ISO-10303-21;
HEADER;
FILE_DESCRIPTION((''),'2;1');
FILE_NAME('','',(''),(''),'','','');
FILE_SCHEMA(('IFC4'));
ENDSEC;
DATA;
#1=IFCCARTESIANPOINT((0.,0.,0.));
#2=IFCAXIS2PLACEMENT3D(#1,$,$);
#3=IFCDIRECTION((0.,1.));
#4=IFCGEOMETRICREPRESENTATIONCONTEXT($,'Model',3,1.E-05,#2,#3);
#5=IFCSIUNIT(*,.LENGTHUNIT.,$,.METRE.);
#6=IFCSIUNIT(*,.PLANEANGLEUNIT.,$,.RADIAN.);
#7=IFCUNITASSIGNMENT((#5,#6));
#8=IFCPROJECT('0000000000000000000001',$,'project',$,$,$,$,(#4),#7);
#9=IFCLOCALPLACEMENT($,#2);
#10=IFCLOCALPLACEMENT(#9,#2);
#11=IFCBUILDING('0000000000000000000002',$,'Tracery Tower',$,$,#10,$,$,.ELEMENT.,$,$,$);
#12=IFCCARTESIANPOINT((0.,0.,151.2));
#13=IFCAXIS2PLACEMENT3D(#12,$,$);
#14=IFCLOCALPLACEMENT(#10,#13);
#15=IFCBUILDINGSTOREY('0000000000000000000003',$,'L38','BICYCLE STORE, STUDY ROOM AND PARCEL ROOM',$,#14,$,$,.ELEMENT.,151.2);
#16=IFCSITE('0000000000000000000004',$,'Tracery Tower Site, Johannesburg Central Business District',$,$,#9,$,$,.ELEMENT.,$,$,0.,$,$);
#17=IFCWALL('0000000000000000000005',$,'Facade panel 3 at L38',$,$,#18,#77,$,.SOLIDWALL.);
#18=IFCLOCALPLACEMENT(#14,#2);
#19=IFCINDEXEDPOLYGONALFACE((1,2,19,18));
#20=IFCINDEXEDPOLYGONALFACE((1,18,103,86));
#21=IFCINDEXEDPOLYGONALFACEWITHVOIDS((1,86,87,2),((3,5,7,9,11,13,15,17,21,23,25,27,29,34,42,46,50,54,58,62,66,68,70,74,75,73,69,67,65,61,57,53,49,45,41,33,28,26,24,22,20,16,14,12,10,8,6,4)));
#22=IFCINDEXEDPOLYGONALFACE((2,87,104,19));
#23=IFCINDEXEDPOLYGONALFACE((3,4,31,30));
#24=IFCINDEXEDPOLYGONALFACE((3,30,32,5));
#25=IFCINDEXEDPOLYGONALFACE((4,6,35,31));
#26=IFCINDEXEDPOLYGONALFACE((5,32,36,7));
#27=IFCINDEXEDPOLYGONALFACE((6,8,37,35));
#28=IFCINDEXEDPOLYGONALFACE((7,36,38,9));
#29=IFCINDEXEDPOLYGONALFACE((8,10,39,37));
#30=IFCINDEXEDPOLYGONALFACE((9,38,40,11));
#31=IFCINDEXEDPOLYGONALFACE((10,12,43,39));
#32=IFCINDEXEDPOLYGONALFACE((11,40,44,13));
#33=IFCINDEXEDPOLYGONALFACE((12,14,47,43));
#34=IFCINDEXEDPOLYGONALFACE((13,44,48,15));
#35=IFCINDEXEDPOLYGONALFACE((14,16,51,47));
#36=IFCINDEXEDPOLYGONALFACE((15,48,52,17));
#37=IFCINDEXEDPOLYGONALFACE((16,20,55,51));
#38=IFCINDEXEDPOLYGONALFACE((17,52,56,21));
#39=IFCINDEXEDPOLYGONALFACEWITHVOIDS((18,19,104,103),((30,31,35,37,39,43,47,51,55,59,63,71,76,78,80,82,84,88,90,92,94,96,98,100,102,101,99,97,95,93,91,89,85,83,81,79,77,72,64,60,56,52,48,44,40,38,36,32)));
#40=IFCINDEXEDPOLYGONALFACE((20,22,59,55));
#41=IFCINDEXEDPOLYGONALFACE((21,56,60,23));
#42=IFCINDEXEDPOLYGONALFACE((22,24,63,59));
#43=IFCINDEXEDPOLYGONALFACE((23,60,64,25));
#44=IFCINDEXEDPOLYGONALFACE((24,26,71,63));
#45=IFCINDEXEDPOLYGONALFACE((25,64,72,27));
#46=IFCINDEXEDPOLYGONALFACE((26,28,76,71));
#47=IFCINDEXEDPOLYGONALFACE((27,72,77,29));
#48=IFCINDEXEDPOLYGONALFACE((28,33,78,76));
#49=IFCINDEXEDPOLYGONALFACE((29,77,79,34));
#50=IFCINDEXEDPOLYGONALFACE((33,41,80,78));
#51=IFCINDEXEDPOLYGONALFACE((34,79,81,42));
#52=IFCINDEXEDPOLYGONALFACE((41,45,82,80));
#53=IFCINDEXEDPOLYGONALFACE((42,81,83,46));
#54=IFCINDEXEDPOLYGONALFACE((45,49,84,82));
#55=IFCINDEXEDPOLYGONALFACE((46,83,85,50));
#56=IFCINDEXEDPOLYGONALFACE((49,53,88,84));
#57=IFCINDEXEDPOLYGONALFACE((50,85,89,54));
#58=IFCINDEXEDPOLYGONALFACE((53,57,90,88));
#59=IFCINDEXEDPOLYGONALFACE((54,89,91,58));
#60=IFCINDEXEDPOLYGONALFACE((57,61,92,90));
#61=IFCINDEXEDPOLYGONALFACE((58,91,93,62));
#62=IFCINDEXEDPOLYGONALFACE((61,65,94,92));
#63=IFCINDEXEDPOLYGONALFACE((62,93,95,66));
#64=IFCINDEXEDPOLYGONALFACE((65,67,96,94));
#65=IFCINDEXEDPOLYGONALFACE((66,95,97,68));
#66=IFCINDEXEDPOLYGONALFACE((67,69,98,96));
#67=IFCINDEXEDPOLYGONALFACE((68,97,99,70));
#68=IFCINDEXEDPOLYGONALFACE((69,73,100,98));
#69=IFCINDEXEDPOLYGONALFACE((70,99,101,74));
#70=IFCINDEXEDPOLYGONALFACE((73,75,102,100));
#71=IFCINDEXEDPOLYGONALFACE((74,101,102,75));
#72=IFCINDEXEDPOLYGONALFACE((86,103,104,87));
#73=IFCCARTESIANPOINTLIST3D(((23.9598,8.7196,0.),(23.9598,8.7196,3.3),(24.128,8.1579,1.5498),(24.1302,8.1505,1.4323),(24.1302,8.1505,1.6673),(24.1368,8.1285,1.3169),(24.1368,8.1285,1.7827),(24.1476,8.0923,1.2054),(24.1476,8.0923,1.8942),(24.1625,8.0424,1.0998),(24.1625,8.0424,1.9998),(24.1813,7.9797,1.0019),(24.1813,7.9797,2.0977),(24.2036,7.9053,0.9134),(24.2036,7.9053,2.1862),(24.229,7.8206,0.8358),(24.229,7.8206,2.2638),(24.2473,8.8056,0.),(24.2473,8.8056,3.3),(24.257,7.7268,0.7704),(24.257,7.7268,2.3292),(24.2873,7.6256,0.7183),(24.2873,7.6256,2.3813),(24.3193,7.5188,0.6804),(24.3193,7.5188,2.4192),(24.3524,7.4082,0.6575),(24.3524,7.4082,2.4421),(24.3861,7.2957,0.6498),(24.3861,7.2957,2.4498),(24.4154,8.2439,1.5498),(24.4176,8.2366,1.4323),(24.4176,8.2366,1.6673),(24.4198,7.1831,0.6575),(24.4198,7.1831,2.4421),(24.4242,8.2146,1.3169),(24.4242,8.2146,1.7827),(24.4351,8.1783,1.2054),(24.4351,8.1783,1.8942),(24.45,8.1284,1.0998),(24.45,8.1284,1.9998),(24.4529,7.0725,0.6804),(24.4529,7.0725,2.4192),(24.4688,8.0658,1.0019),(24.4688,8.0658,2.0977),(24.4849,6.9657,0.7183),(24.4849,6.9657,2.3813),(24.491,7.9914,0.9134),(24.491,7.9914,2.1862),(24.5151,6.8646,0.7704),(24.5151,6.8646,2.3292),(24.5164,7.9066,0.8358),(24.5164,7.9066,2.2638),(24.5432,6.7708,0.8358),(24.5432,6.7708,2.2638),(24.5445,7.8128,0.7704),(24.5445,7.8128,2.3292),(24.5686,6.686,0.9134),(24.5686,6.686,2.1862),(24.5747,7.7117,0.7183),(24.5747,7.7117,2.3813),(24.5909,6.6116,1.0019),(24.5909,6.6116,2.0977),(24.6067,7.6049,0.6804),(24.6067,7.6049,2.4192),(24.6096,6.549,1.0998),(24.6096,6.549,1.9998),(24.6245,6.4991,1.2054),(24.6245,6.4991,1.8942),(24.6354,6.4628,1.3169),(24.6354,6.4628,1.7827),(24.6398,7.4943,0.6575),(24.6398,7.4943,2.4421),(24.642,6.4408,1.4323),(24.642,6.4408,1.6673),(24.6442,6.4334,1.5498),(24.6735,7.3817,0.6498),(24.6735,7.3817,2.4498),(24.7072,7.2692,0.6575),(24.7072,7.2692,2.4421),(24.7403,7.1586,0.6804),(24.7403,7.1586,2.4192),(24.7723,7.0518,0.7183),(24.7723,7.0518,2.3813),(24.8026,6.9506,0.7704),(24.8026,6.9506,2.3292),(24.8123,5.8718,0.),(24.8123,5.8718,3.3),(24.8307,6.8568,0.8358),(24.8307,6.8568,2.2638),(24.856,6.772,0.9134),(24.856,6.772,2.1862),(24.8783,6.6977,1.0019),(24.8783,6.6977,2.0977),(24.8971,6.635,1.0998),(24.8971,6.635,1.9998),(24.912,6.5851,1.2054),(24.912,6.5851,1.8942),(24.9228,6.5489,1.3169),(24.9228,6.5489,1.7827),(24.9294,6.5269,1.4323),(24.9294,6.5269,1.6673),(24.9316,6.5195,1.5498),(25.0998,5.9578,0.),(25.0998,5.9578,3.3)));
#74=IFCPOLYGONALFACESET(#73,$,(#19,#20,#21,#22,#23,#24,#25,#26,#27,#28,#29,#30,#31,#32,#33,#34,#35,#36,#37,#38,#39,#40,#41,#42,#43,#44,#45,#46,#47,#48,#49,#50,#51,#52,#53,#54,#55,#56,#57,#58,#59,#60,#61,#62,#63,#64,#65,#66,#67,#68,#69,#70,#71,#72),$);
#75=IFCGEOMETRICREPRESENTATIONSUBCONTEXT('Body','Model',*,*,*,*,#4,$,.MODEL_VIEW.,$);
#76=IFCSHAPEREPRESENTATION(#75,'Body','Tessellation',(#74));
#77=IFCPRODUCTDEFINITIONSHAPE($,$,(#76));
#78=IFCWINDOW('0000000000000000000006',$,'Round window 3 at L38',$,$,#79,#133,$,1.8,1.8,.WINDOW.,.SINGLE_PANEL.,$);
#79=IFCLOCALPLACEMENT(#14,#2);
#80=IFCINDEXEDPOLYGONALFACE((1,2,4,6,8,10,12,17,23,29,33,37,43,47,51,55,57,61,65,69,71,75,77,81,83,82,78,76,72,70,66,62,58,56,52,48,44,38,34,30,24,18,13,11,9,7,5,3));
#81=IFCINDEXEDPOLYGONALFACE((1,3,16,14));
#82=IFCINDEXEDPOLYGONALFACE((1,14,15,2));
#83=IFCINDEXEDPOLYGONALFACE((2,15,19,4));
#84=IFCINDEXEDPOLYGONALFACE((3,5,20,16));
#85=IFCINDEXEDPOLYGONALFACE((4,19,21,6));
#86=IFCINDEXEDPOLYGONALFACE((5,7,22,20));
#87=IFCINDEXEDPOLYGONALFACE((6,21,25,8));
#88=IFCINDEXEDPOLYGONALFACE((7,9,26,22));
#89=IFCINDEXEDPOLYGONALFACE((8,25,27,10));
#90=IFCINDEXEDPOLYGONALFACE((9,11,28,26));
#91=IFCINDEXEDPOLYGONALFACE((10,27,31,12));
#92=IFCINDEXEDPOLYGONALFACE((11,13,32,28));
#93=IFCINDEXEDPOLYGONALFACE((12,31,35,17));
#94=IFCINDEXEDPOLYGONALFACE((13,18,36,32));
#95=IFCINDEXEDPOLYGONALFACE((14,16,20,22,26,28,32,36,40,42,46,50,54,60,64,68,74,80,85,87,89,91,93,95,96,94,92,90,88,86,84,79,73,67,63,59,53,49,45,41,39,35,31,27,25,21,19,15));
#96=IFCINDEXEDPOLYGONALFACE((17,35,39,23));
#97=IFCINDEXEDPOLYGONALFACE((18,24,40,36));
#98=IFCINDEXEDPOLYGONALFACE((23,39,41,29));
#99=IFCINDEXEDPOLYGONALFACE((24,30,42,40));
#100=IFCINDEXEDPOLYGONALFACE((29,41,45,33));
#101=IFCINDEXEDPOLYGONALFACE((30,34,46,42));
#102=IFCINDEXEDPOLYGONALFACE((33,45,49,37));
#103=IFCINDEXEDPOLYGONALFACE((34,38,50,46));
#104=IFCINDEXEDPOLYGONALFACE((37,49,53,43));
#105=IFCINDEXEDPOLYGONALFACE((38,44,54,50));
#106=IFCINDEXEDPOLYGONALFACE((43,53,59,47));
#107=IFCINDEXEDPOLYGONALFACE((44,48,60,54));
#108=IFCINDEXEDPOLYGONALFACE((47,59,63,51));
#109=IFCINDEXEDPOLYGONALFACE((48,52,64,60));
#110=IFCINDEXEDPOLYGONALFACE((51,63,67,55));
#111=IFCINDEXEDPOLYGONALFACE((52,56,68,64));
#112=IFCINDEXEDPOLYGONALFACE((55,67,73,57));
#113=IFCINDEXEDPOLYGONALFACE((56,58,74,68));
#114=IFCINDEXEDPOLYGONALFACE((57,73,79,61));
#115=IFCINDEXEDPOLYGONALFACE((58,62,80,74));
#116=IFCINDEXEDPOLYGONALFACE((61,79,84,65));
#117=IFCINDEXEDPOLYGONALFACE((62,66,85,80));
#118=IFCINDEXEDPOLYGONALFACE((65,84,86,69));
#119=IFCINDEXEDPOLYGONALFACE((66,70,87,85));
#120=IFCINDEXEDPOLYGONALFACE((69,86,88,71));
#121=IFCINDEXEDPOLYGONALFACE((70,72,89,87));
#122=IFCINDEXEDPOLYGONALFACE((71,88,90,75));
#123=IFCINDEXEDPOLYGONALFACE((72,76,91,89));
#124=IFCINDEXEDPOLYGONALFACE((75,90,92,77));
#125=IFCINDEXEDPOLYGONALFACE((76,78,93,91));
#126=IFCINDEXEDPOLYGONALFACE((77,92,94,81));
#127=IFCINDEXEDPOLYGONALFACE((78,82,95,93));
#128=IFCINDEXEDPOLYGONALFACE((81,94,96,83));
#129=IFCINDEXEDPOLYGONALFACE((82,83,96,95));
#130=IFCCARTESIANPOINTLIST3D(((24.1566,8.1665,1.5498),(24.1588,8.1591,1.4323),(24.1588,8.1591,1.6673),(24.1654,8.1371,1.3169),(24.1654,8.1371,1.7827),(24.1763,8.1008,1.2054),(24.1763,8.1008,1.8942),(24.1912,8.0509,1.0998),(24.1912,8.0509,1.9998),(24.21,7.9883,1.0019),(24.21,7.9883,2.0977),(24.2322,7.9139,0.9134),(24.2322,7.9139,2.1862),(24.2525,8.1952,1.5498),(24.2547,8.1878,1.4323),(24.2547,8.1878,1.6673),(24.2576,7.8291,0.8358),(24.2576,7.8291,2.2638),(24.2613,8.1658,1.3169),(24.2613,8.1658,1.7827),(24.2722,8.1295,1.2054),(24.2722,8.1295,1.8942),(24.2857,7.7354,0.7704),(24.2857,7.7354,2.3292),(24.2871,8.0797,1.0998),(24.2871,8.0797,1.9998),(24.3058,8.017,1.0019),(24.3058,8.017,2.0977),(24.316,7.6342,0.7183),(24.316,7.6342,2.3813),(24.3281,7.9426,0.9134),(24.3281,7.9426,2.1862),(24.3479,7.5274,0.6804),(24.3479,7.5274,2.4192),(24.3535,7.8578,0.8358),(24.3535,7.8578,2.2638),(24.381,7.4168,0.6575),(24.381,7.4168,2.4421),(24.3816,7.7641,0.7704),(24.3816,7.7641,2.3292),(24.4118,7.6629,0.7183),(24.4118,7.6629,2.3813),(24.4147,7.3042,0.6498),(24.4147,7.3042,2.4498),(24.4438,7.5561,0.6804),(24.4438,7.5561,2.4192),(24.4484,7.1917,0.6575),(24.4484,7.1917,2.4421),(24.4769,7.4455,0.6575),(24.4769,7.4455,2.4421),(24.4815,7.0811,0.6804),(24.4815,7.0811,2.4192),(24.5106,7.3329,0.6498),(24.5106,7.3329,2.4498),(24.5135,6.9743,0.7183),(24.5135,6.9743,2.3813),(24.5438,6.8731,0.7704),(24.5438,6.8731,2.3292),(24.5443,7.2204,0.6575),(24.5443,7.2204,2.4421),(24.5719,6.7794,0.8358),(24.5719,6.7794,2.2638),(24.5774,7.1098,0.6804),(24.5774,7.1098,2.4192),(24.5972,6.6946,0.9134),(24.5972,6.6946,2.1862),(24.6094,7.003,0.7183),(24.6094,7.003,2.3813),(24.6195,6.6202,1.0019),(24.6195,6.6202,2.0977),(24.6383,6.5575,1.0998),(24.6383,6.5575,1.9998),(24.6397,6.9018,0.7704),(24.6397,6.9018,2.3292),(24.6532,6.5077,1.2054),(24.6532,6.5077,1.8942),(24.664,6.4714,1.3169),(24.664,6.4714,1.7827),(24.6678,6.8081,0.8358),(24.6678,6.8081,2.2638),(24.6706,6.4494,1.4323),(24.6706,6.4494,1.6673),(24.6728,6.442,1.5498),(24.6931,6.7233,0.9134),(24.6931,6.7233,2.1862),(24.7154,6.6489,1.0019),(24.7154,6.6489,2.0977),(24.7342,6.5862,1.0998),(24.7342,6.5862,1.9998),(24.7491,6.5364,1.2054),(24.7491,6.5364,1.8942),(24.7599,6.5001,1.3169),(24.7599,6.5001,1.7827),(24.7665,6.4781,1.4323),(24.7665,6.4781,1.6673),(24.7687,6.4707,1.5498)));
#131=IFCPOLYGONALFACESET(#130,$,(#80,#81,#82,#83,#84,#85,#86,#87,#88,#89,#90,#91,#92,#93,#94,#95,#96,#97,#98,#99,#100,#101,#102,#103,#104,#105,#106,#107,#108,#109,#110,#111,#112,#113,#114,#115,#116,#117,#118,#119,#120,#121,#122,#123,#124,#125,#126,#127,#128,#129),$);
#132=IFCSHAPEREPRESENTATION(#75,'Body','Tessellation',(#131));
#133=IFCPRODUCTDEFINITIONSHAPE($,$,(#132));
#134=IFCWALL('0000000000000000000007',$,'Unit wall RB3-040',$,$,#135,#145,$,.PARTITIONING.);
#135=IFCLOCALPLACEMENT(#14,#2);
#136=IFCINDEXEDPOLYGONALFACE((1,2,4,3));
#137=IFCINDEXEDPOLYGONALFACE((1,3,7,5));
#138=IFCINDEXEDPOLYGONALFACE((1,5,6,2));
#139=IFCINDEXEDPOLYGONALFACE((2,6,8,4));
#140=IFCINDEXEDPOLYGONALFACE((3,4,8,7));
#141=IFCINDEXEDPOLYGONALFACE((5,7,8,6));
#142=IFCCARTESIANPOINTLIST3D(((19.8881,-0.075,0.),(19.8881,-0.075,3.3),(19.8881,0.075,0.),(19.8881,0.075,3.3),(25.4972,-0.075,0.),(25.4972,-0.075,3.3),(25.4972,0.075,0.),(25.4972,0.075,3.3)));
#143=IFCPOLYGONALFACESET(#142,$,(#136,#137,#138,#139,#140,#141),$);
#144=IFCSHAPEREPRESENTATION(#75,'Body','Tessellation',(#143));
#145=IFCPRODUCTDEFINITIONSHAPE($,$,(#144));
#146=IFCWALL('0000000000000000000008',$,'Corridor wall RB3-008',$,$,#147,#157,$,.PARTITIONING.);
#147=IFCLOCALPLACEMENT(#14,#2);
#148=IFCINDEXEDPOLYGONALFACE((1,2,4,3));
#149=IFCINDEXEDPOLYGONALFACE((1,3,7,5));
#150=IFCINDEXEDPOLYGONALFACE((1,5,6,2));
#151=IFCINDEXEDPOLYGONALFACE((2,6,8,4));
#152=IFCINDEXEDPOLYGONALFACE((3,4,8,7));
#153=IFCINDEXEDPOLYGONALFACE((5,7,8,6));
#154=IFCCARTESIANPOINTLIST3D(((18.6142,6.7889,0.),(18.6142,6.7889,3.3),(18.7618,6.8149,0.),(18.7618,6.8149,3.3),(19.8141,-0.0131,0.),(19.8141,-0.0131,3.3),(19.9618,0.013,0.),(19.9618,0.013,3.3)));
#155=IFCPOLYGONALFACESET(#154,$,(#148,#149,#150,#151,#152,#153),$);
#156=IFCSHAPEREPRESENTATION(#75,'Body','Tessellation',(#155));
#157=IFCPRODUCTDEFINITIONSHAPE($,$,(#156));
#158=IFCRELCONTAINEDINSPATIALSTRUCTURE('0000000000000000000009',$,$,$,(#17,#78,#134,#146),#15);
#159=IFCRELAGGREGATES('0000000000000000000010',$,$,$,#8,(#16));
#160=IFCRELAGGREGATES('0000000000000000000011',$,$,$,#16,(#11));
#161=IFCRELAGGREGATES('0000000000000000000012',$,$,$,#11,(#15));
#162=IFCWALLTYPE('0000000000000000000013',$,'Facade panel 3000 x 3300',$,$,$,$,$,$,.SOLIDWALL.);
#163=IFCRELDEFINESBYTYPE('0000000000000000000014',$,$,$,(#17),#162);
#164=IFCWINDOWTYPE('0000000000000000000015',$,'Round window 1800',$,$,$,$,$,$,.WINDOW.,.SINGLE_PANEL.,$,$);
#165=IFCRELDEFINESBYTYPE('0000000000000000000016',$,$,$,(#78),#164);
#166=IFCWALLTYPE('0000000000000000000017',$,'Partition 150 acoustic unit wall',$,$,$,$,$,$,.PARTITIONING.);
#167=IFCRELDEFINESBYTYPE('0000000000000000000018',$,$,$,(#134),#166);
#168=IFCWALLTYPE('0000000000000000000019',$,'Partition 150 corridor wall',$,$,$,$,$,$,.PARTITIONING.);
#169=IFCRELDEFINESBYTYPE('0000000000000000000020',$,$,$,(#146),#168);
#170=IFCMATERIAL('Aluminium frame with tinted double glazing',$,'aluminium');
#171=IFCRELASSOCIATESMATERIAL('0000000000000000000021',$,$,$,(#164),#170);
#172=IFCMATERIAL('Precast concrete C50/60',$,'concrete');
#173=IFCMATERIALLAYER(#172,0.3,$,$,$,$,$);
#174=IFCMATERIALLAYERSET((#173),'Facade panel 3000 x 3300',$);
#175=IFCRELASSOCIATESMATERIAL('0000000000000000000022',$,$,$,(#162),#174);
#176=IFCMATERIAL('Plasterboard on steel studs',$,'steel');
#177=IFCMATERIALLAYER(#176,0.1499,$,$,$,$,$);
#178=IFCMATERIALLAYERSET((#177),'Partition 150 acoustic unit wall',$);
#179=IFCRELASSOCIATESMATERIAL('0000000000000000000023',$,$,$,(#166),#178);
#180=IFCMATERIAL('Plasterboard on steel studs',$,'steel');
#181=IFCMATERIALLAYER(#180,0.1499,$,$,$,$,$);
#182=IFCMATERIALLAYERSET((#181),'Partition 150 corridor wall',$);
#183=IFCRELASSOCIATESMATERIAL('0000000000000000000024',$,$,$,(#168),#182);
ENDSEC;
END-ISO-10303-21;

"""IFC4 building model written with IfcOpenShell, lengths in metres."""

from ifc_helpers import new_model, si_unit, direction, frame, frame_2d, origin, origin_2d, place, context, subcontext, project, spatial, rectangle, circle, extrude, material, layer, layer_set, type_object, element, fill, save


model = new_model("IFC4")

# Units and contexts
model_context = context("Model", 3, precision=1e-05, world=origin(), true_north=direction((0.0, 1.0)))
body_context = subcontext(model_context, "Body", "Model", "MODEL_VIEW")
ifc_project = project(units=[si_unit("LENGTHUNIT", "METRE"), si_unit("PLANEANGLEUNIT", "RADIAN")], contexts=[model_context])

# Site, building, storey
site_placement = place(None, origin())
site = spatial("IfcSite", under=ifc_project, at=site_placement, Name="Tracery Tower Site, Johannesburg Central Business District", CompositionType="ELEMENT", RefElevation=0.0)
building_placement = place(site_placement, origin())
building = spatial("IfcBuilding", under=site, at=building_placement, Name="Tracery Tower", CompositionType="ELEMENT")
storey_placement = place(building_placement, frame((0.0, 0.0, 151.2)))
storey = spatial("IfcBuildingStorey", under=building, at=storey_placement, Name="L38", Description="BICYCLE STORE, STUDY ROOM AND PARCEL ROOM", CompositionType="ELEMENT", Elevation=151.2)

# Wall, opening, window
ifc_material_1 = material(Name="Aluminium frame with tinted double glazing", Category="aluminium")
window_type = type_object("IfcWindowType", Name="Round window 1800", PartitioningType="SINGLE_PANEL", PredefinedType="WINDOW", material=ifc_material_1)
ifc_material_2 = material(Name="Precast concrete C50/60", Category="concrete")
ifc_layer_1 = layer(ifc_material_2, 0.3)
ifc_layer_set_1 = layer_set([ifc_layer_1], Name="Facade panel 3000 x 3300")
wall_type_1 = type_object("IfcWallType", Name="Facade panel 3000 x 3300", PredefinedType="SOLIDWALL", material=ifc_layer_set_1)
wall_1_placement = place(storey_placement, frame((24.9561, 5.9148, 0.0), z_axis=(0.0, 0.0, 1.0), x_axis=(-0.286783, 0.957996, 0.0)))
wall_1 = element("IfcWall", 1, at=wall_1_placement, inside=storey, type_object=wall_type_1, Name="Facade panel 3 at L38", PredefinedType="SOLIDWALL", context=body_context, shape_type="SweptSolid", body=[
    extrude(rectangle(XDim=2.9727, YDim=0.3, at=frame_2d((1.4863, 0.0))), origin(), (0.0, 0.0, 1.0), 3.3),
])
opening_1_placement = place(wall_1_placement, frame((1.4863, 0.0, 1.5498)))
opening_1 = element("IfcOpeningElement", 2, at=opening_1_placement, cuts=wall_1, PredefinedType="OPENING", context=body_context, shape_type="SweptSolid", body=[
    extrude(circle(Radius=0.9, at=origin_2d()), frame((0.0, 0.1599, 0.0), z_axis=(0.0, -1.0, 0.0), x_axis=(1.0, 0.0, 0.0)), (0.0, 0.0, 1.0), 0.3201),
])
window_1_placement = place(opening_1_placement, origin())
window_1 = element("IfcWindow", 3, at=window_1_placement, inside=storey, type_object=window_type, Name="Round window 3 at L38", OverallHeight=1.8, OverallWidth=1.8, PartitioningType="SINGLE_PANEL", PredefinedType="WINDOW", context=body_context, shape_type="SweptSolid", body=[
    extrude(circle(Radius=0.9, at=origin_2d()), frame((0.0, 0.1201, 0.0), z_axis=(0.0, -1.0, 0.0), x_axis=(1.0, 0.0, 0.0)), (0.0, 0.0, 1.0), 0.1001),
])
fill(opening_1, window_1)

# Walls
ifc_material_3 = material(Name="Plasterboard on steel studs", Category="steel")
ifc_layer_2 = layer(ifc_material_3, 0.1499)
ifc_layer_set_2 = layer_set([ifc_layer_2], Name="Partition 150 acoustic unit wall")
wall_type_2 = type_object("IfcWallType", Name="Partition 150 acoustic unit wall", PredefinedType="PARTITIONING", material=ifc_layer_set_2)
wall_2_placement = place(storey_placement, frame((19.8879, 0.0, 0.0), z_axis=(0.0, 0.0, 1.0), x_axis=(1.0, 0.0, 0.0)))
element("IfcWall", 4, at=wall_2_placement, inside=storey, type_object=wall_type_2, Name="Unit wall RB3-040", PredefinedType="PARTITIONING", context=body_context, shape_type="SweptSolid", body=[
    extrude(rectangle(XDim=5.6091, YDim=0.1499, at=frame_2d((2.8047, 0.0))), origin(), (0.0, 0.0, 1.0), 3.3),
])
ifc_material_4 = material(Name="Plasterboard on steel studs", Category="steel")
ifc_layer_3 = layer(ifc_material_4, 0.1499)
ifc_layer_set_3 = layer_set([ifc_layer_3], Name="Partition 150 corridor wall")
wall_type_3 = type_object("IfcWallType", Name="Partition 150 corridor wall", PredefinedType="PARTITIONING", material=ifc_layer_set_3)
wall_3_placement = place(storey_placement, frame((18.688, 6.802, 0.0), z_axis=(0.0, 0.0, 1.0), x_axis=(0.173729, -0.984794, 0.0)))
element("IfcWall", 5, at=wall_3_placement, inside=storey, type_object=wall_type_3, Name="Corridor wall RB3-008", PredefinedType="PARTITIONING", context=body_context, shape_type="SweptSolid", body=[
    extrude(rectangle(XDim=6.907, YDim=0.1499, at=frame_2d((3.4536, 0.0))), origin(), (0.0, 0.0, 1.0), 3.3),
])

save(model, "model.ifc")
